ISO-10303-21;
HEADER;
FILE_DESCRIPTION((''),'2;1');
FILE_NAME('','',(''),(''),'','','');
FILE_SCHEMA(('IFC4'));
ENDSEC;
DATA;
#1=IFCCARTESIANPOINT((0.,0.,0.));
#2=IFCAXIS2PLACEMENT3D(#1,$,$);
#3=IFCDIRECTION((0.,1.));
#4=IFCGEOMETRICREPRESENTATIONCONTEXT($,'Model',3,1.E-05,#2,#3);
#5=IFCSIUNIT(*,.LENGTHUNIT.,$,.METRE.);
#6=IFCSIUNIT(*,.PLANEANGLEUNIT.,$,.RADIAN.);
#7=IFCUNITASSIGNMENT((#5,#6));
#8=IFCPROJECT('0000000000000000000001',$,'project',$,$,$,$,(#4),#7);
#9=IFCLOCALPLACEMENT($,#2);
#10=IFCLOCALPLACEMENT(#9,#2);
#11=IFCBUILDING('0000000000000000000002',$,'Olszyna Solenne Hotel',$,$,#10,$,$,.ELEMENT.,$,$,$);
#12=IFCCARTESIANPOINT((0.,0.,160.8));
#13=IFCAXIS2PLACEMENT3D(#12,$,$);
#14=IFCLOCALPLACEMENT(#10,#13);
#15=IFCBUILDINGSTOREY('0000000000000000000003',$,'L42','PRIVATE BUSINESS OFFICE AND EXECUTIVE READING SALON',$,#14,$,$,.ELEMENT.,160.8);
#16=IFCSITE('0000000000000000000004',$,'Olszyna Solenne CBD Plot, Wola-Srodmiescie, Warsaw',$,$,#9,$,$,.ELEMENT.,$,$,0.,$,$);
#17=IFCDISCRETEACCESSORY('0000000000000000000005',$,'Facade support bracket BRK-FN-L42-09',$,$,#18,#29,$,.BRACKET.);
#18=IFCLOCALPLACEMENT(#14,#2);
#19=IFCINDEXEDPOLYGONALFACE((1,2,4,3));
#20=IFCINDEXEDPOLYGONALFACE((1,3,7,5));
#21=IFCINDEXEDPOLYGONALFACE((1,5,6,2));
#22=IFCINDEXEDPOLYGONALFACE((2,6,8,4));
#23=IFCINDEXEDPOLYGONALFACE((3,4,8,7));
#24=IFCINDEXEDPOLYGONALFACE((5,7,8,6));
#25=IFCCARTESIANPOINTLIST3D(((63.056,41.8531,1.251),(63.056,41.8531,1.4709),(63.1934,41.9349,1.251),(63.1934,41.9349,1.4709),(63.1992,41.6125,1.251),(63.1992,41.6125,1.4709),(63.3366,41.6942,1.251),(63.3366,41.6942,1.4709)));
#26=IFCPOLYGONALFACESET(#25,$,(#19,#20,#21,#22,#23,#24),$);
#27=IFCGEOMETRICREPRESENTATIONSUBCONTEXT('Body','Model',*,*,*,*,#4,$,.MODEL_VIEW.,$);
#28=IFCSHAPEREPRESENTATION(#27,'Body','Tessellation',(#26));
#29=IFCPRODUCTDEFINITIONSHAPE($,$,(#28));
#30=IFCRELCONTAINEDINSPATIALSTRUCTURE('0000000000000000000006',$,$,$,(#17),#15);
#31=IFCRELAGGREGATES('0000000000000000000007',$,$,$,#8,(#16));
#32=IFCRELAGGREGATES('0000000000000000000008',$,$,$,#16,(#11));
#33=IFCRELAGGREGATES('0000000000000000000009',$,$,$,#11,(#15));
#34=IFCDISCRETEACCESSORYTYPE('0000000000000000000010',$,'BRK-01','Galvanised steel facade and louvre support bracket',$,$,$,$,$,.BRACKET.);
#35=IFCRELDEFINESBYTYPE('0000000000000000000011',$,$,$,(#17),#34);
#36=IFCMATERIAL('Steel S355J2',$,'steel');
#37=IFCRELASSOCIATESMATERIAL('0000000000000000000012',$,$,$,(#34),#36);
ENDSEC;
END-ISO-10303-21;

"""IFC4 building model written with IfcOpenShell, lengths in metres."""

from ifc_helpers import new_model, si_unit, direction, frame, origin, origin_2d, place, context, subcontext, project, spatial, rectangle, extrude, source, transform, mapped, material, type_object, element, save


model = new_model("IFC4")

# Units and contexts
model_context = context("Model", 3, precision=1e-05, world=origin(), true_north=direction((0.0, 1.0)))
body_context = subcontext(model_context, "Body", "Model", "MODEL_VIEW")
ifc_project = project(units=[si_unit("LENGTHUNIT", "METRE"), si_unit("PLANEANGLEUNIT", "RADIAN")], contexts=[model_context])

# Site, building, storey
site_placement = place(None, origin())
site = spatial("IfcSite", under=ifc_project, at=site_placement, Name="Olszyna Solenne CBD Plot, Wola-Srodmiescie, Warsaw", CompositionType="ELEMENT", RefElevation=0.0)
building_placement = place(site_placement, origin())
building = spatial("IfcBuilding", under=site, at=building_placement, Name="Olszyna Solenne Hotel", CompositionType="ELEMENT")
storey_placement = place(building_placement, frame((0.0, 0.0, 160.8)))
storey = spatial("IfcBuildingStorey", under=building, at=storey_placement, Name="L42", Description="PRIVATE BUSINESS OFFICE AND EXECUTIVE READING SALON", CompositionType="ELEMENT", Elevation=160.8)

# Shared definitions
ifc_material_1 = material(Name="Steel S355J2", Category="steel")

# Discrete accessory
discrete_accessory_type = type_object("IfcDiscreteAccessoryType", Name="BRK-01", Description="Galvanised steel facade and louvre support bracket", PredefinedType="BRACKET", material=ifc_material_1)
shared_shape_1 = source(origin(), body_context, "Body", "SweptSolid", [
    extrude(rectangle(XDim=0.28, YDim=0.1599, at=origin_2d()), origin(), (0.0, 0.0, 1.0), 0.22),
])
discrete_accessory_placement = place(storey_placement, frame((63.1963, 41.7737, 1.251), z_axis=(0.0, 0.0, 1.0), x_axis=(0.511293, -0.859406, 0.0)))
element("IfcDiscreteAccessory", 1, at=discrete_accessory_placement, inside=storey, type_object=discrete_accessory_type, Name="Facade support bracket BRK-FN-L42-09", PredefinedType="BRACKET", context=body_context, shape_type="MappedRepresentation", body=[
    mapped(shared_shape_1, transform((0.0, 0.0, 0.0), x_axis=(1.0, 0.0, 0.0), y_axis=(0.0, 1.0, 0.0), z_axis=(0.0, 0.0, 1.0), scale=1.0)),
])

save(model, "model.ifc")
